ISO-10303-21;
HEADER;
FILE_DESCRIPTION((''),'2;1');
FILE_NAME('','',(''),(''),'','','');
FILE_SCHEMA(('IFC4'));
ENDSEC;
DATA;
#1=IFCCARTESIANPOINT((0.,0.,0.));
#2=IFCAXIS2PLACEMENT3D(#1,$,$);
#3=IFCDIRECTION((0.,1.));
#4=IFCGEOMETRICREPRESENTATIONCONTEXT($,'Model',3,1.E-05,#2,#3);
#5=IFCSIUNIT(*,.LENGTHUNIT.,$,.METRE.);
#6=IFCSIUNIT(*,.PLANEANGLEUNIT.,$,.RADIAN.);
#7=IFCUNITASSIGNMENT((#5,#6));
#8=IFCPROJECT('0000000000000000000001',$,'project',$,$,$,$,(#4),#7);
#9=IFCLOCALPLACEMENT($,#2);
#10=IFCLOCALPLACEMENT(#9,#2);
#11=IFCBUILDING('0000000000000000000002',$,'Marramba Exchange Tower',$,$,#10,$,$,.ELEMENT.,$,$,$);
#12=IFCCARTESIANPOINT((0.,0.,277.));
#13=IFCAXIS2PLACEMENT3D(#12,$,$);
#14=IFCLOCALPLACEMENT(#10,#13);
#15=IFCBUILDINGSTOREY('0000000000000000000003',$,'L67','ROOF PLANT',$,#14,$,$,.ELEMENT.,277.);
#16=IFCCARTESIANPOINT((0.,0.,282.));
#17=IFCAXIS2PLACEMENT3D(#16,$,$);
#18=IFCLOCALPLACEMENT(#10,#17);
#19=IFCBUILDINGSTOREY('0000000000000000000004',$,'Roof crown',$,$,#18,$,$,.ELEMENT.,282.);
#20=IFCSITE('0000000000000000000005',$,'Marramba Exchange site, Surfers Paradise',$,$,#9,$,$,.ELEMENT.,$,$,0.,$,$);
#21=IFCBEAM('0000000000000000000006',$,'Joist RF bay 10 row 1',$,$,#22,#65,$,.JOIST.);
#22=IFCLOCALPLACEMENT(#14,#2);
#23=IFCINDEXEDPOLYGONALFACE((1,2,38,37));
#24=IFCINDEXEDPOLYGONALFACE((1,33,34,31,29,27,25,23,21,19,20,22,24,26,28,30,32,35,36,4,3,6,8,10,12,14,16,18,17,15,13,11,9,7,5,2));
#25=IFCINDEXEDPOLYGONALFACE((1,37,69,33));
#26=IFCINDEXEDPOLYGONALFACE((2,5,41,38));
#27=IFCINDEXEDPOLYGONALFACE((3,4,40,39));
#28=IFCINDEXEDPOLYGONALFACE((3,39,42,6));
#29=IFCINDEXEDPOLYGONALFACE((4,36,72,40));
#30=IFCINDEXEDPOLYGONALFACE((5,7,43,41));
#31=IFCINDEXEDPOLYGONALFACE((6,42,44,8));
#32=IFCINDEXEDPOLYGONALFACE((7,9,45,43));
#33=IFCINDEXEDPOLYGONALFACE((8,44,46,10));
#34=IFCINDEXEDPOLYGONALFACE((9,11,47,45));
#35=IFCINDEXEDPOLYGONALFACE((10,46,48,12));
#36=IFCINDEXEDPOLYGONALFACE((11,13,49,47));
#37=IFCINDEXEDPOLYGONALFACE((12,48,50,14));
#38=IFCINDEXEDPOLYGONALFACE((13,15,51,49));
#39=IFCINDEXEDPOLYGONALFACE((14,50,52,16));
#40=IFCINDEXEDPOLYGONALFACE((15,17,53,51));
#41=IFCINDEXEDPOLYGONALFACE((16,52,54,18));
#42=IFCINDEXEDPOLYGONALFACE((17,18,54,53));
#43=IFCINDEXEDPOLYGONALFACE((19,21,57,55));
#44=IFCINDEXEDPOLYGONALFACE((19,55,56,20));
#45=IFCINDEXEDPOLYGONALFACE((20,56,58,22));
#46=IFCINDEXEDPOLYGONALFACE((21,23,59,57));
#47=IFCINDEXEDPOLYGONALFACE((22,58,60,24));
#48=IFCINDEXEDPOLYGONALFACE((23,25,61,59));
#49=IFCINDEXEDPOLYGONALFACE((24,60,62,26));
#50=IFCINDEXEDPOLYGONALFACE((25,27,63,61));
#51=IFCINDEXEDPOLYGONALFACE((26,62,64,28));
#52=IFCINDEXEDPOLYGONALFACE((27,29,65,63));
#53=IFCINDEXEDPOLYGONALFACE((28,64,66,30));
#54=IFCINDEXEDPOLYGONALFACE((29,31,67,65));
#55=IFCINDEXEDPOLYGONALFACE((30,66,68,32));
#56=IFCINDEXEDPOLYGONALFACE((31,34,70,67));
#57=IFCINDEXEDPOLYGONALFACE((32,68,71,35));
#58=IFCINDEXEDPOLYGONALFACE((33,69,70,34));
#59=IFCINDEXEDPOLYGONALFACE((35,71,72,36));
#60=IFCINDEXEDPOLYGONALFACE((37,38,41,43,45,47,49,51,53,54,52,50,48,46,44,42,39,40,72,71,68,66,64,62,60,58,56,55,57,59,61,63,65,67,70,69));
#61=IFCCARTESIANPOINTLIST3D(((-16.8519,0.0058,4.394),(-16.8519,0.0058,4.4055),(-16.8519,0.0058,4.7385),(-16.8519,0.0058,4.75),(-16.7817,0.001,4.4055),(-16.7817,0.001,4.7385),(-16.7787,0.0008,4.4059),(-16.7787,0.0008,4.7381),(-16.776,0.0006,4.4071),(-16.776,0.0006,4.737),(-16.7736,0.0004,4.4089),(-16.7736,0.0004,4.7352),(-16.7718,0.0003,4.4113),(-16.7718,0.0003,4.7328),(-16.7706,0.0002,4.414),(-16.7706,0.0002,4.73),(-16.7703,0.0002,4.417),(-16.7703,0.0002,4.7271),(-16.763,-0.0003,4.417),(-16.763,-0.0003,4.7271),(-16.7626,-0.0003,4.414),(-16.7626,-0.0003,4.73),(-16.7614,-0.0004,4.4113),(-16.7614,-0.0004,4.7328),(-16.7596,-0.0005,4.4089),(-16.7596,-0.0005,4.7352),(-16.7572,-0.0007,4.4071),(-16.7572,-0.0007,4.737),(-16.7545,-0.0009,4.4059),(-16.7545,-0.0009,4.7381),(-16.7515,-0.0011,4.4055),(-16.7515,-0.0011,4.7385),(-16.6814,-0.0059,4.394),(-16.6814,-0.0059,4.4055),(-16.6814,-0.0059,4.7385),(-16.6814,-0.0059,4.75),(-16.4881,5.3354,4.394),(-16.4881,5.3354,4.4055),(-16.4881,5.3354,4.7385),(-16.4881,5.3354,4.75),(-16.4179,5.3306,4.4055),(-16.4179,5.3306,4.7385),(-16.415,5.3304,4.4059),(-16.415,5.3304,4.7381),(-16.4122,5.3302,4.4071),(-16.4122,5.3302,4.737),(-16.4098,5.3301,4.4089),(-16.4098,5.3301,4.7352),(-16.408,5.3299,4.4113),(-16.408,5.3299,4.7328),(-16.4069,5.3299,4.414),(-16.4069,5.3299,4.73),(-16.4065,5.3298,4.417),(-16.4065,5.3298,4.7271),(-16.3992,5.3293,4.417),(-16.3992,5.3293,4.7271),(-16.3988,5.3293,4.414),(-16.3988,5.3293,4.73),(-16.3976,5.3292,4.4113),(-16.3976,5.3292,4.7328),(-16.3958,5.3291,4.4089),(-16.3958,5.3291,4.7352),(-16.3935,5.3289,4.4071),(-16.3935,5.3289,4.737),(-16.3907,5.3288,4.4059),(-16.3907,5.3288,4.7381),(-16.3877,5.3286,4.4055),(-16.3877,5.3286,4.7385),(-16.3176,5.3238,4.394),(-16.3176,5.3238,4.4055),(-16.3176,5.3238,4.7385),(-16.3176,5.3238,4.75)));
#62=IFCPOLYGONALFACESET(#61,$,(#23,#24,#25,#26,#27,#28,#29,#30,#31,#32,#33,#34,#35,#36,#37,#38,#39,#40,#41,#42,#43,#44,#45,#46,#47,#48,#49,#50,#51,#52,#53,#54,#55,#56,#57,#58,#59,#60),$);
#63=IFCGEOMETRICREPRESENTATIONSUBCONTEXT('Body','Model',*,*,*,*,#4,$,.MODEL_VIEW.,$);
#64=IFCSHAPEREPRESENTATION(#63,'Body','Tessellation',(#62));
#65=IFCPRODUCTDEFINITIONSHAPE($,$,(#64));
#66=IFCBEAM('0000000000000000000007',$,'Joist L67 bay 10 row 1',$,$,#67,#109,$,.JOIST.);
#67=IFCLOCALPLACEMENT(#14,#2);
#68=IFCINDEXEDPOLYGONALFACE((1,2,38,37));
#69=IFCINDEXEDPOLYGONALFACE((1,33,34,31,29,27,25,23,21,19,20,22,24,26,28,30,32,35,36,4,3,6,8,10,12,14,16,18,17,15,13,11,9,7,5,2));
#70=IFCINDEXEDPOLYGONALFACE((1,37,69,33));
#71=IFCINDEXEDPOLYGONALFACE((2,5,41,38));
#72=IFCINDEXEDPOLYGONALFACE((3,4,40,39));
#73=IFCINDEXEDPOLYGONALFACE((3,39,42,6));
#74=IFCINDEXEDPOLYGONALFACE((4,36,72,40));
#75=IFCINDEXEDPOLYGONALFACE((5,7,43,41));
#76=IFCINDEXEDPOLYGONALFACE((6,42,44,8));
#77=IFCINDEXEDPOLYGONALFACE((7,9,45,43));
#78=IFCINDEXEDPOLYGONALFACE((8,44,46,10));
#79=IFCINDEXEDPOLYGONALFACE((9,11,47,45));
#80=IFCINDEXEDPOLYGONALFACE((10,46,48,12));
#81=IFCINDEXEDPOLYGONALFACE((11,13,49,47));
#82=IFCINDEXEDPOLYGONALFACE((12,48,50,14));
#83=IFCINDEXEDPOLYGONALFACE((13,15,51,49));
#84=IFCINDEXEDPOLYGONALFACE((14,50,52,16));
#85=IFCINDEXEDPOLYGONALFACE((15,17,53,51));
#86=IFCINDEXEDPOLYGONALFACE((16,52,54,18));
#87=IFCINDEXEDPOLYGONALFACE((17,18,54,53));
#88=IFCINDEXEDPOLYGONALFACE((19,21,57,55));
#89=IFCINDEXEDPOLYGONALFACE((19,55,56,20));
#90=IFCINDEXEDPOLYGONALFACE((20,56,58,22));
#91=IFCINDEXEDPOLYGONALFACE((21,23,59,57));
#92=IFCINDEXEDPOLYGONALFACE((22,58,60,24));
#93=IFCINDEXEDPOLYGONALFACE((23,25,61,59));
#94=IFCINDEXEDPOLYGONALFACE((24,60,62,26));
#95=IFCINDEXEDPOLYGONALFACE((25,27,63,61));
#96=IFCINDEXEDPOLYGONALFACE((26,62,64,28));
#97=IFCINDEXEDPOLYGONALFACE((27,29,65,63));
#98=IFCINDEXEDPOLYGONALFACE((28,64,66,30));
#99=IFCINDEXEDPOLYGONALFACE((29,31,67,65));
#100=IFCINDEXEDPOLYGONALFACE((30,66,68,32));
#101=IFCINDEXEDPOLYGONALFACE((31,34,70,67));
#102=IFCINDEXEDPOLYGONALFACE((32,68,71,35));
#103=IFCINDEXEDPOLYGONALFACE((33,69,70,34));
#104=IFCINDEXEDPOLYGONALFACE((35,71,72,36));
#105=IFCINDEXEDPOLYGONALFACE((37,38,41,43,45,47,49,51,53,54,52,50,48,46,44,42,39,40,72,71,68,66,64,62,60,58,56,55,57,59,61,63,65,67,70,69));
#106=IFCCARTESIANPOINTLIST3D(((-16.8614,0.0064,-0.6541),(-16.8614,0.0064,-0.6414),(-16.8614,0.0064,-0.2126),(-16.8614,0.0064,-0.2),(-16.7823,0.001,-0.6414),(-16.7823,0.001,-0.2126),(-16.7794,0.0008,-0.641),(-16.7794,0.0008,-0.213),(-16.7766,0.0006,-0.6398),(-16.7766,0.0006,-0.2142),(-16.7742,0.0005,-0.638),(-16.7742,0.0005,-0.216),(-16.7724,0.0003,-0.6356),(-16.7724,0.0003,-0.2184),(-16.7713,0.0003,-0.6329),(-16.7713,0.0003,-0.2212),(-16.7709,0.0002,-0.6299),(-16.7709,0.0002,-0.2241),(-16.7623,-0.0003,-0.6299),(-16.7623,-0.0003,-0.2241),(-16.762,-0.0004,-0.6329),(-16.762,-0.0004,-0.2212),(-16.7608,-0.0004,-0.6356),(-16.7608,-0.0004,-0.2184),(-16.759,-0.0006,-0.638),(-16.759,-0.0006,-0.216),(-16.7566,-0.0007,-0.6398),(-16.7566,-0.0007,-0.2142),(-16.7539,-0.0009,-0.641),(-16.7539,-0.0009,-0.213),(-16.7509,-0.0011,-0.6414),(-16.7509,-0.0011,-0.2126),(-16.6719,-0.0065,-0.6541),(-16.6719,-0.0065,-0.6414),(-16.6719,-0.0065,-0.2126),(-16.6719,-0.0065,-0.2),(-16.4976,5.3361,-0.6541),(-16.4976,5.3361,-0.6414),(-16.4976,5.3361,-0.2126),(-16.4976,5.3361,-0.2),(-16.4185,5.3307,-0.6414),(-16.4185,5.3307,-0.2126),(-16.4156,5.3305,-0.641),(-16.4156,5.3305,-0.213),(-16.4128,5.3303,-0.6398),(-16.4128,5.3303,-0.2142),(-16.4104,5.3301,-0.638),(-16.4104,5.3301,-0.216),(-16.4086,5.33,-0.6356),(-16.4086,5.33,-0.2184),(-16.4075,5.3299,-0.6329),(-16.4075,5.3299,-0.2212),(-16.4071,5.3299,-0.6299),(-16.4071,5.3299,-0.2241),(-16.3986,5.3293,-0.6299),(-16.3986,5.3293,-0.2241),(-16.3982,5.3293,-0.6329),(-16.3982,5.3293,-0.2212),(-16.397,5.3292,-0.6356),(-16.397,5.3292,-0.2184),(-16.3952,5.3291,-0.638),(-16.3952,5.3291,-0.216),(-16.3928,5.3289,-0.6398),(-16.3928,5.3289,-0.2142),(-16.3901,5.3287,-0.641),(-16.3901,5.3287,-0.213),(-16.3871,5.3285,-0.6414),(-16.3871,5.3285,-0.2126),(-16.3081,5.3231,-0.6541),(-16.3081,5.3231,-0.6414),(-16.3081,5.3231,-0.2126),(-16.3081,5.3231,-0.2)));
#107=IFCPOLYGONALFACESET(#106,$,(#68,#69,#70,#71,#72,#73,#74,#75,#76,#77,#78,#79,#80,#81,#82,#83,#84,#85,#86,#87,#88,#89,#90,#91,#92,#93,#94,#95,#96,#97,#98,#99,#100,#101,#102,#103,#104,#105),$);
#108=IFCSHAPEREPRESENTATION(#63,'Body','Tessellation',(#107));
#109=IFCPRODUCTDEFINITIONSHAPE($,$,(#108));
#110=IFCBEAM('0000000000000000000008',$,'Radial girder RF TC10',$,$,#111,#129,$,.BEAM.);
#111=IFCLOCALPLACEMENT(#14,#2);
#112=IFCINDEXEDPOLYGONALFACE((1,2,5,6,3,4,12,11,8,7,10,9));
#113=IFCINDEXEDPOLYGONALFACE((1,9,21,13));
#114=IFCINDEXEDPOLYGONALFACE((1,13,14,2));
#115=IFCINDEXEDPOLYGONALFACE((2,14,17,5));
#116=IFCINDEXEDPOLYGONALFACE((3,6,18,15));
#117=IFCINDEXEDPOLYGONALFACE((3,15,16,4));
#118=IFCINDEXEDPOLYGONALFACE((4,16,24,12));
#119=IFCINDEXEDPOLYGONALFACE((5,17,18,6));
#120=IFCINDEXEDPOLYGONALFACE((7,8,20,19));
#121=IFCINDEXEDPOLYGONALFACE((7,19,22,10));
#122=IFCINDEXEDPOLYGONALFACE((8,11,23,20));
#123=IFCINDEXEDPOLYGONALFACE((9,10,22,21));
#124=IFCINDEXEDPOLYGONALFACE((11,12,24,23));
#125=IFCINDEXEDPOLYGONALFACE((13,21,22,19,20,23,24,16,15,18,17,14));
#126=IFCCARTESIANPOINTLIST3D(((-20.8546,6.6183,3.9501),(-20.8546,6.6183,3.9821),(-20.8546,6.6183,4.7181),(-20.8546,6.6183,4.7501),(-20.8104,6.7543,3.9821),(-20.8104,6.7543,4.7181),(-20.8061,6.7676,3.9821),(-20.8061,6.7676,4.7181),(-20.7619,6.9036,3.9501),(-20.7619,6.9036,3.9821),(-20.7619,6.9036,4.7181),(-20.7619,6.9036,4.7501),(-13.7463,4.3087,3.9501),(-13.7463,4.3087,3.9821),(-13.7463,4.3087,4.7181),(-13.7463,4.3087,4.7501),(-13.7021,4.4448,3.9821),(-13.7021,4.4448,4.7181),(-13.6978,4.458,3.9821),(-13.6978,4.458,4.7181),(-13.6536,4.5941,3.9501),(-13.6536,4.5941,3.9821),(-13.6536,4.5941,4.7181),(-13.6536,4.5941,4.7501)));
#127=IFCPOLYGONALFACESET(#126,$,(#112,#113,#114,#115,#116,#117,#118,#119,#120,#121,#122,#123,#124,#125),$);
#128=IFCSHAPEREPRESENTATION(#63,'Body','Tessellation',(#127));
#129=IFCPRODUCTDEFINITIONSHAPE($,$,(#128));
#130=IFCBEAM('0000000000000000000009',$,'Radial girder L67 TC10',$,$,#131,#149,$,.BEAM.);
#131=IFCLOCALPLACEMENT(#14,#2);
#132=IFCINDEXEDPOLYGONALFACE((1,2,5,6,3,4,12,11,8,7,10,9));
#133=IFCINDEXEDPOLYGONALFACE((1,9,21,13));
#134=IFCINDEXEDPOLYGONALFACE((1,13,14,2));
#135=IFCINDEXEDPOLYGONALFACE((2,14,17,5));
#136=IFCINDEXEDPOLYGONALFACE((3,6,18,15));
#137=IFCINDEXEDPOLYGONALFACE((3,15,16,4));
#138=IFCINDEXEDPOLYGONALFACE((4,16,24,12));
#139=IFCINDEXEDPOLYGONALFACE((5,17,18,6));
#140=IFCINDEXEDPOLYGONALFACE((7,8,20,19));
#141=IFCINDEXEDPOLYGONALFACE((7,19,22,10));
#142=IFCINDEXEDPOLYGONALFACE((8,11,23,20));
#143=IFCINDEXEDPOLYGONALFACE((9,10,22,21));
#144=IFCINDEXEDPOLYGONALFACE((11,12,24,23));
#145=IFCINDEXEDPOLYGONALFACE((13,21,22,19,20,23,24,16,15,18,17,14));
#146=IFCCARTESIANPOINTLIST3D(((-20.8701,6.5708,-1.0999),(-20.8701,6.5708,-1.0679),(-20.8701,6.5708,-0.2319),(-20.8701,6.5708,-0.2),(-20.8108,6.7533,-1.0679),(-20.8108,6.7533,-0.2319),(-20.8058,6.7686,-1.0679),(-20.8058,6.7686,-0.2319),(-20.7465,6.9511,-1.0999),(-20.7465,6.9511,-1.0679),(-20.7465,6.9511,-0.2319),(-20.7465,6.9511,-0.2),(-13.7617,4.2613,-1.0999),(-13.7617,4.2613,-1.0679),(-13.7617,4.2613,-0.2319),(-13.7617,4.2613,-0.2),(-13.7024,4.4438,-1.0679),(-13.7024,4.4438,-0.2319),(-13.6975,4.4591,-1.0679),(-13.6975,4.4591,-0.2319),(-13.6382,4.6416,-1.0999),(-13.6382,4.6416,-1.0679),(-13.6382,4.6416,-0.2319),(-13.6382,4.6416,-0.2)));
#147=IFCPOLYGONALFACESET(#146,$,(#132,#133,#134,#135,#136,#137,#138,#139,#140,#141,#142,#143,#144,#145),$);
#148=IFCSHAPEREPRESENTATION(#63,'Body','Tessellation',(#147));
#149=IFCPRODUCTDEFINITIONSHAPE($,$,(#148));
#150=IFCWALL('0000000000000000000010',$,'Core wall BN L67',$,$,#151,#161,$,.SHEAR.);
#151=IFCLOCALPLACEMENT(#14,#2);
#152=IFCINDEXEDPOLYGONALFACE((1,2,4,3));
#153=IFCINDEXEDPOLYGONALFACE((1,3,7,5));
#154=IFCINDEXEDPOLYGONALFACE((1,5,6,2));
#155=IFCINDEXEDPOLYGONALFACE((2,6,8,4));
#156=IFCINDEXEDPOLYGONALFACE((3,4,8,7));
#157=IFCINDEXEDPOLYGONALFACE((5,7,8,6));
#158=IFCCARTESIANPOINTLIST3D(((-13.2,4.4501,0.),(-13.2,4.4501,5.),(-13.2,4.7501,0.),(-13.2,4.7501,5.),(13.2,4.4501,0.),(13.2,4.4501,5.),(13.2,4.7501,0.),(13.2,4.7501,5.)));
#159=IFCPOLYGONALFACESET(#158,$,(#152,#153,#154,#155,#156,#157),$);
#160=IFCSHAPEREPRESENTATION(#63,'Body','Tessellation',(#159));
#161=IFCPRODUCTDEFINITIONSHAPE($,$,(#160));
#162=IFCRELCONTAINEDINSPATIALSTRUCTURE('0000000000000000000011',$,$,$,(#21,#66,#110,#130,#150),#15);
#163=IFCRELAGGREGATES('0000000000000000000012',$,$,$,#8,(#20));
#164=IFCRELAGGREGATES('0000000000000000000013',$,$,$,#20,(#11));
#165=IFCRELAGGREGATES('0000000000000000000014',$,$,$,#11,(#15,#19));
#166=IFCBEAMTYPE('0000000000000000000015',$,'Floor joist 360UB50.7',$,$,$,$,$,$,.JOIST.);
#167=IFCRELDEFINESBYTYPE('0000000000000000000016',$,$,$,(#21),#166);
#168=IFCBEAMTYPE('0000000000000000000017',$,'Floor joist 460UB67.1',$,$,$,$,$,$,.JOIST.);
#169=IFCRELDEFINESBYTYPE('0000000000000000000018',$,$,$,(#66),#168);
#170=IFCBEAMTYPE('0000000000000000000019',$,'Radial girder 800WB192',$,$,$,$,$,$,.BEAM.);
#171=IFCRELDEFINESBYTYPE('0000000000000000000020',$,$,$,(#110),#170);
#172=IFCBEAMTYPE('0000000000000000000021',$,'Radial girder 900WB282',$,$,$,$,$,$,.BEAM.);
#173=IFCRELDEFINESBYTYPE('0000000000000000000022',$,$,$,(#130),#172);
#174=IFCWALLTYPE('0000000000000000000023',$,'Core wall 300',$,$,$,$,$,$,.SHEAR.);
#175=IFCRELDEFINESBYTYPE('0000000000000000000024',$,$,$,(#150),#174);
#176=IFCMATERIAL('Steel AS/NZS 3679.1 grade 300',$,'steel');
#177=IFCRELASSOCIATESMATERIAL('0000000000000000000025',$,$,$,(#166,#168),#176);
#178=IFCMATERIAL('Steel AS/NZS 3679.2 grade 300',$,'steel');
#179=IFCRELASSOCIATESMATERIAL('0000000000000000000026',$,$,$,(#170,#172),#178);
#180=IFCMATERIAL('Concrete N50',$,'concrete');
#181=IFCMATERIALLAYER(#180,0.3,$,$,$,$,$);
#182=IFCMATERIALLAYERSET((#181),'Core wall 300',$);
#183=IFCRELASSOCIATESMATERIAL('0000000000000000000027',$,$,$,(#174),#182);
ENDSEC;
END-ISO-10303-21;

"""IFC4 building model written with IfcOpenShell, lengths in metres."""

from ifc_helpers import new_model, si_unit, direction, frame, frame_2d, origin, origin_2d, place, context, subcontext, project, spatial, rectangle, i_section, extrude, material, layer, layer_set, material_profile, profile_set, type_object, element, save


model = new_model("IFC4")

# Units and contexts
model_context = context("Model", 3, precision=1e-05, world=origin(), true_north=direction((0.0, 1.0)))
body_context = subcontext(model_context, "Body", "Model", "MODEL_VIEW")
ifc_project = project(units=[si_unit("LENGTHUNIT", "METRE"), si_unit("PLANEANGLEUNIT", "RADIAN")], contexts=[model_context])

# Site, building, storey
site_placement = place(None, origin())
site = spatial("IfcSite", under=ifc_project, at=site_placement, Name="Marramba Exchange site, Surfers Paradise", CompositionType="ELEMENT", RefElevation=0.0)
building_placement = place(site_placement, origin())
building = spatial("IfcBuilding", under=site, at=building_placement, Name="Marramba Exchange Tower", CompositionType="ELEMENT")
storey_1_placement = place(building_placement, frame((0.0, 0.0, 277.0)))
storey_1 = spatial("IfcBuildingStorey", under=building, at=storey_1_placement, Name="L67", Description="ROOF PLANT", CompositionType="ELEMENT", Elevation=277.0)

# Beams
ifc_material_1 = material(Name="Steel AS/NZS 3679.1 grade 300", Category="steel")
ifc_material_profile_1 = material_profile(ifc_material_1, i_section(OverallWidth=0.1709, OverallDepth=0.356, WebThickness=0.0073, FlangeThickness=0.0115, FilletRadius=0.0115, at=origin_2d()), Name="360UB50.7")
ifc_profile_set_1 = profile_set([ifc_material_profile_1], Name="Steel AS/NZS 3679.1 grade 300")
beam_type_1 = type_object("IfcBeamType", Name="Floor joist 360UB50.7", PredefinedType="JOIST", material=ifc_profile_set_1)
beam_1_placement = place(storey_1_placement, frame((-16.4028, 5.3296, 4.572), z_axis=(-0.068096, -0.997679, 0.0), x_axis=(0.997679, -0.068096, 0.0)))
element("IfcBeam", 1, at=beam_1_placement, inside=storey_1, type_object=beam_type_1, Name="Joist RF bay 10 row 1", PredefinedType="JOIST", context=body_context, shape_type="SweptSolid", body=[
    extrude(i_section(OverallWidth=0.1709, OverallDepth=0.356, WebThickness=0.0073, FlangeThickness=0.0115, FilletRadius=0.0115, at=origin_2d()), origin(), (0.0, 0.0, 1.0), 5.342),
])
ifc_material_profile_2 = material_profile(ifc_material_1, i_section(OverallWidth=0.1899, OverallDepth=0.4541, WebThickness=0.0085, FlangeThickness=0.0127, FilletRadius=0.0115, at=origin_2d()), Name="460UB67.1")
ifc_profile_set_2 = profile_set([ifc_material_profile_2], Name="Steel AS/NZS 3679.1 grade 300")
beam_type_2 = type_object("IfcBeamType", Name="Floor joist 460UB67.1", PredefinedType="JOIST", material=ifc_profile_set_2)
beam_2_placement = place(storey_1_placement, frame((-16.4028, 5.3296, -0.427), z_axis=(-0.068096, -0.997679, 0.0), x_axis=(0.997679, -0.068096, 0.0)))
element("IfcBeam", 2, at=beam_2_placement, inside=storey_1, type_object=beam_type_2, Name="Joist L67 bay 10 row 1", PredefinedType="JOIST", context=body_context, shape_type="SweptSolid", body=[
    extrude(i_section(OverallWidth=0.1899, OverallDepth=0.4541, WebThickness=0.0085, FlangeThickness=0.0127, FilletRadius=0.0115, at=origin_2d()), origin(), (0.0, 0.0, 1.0), 5.342),
])
ifc_material_2 = material(Name="Steel AS/NZS 3679.2 grade 300", Category="steel")
ifc_material_profile_3 = material_profile(ifc_material_2, i_section(OverallWidth=0.3, OverallDepth=0.8, WebThickness=0.0139, FlangeThickness=0.032, at=origin_2d()), Name="800WB192")
ifc_profile_set_3 = profile_set([ifc_material_profile_3], Name="Steel AS/NZS 3679.2 grade 300")
beam_type_3 = type_object("IfcBeamType", Name="Radial girder 800WB192", PredefinedType="BEAM", material=ifc_profile_set_3)
beam_3_placement = place(storey_1_placement, frame((-13.7, 4.4514, 4.3501), z_axis=(-0.95106, 0.309006, 0.0), x_axis=(-0.309006, -0.95106, 0.0)))
element("IfcBeam", 3, at=beam_3_placement, inside=storey_1, type_object=beam_type_3, Name="Radial girder RF TC10", PredefinedType="BEAM", context=body_context, shape_type="SweptSolid", body=[
    extrude(i_section(OverallWidth=0.3, OverallDepth=0.8, WebThickness=0.0139, FlangeThickness=0.032, at=origin_2d()), origin(), (0.0, 0.0, 1.0), 7.4741),
])
ifc_material_profile_4 = material_profile(ifc_material_2, i_section(OverallWidth=0.3999, OverallDepth=0.8999, WebThickness=0.0161, FlangeThickness=0.032, at=origin_2d()), Name="900WB282")
ifc_profile_set_4 = profile_set([ifc_material_profile_4], Name="Steel AS/NZS 3679.2 grade 300")
beam_type_4 = type_object("IfcBeamType", Name="Radial girder 900WB282", PredefinedType="BEAM", material=ifc_profile_set_4)
beam_4_placement = place(storey_1_placement, frame((-13.7, 4.4514, -0.6499), z_axis=(-0.95106, 0.309006, 0.0), x_axis=(-0.309006, -0.95106, 0.0)))
element("IfcBeam", 4, at=beam_4_placement, inside=storey_1, type_object=beam_type_4, Name="Radial girder L67 TC10", PredefinedType="BEAM", context=body_context, shape_type="SweptSolid", body=[
    extrude(i_section(OverallWidth=0.3999, OverallDepth=0.8999, WebThickness=0.0161, FlangeThickness=0.032, at=origin_2d()), origin(), (0.0, 0.0, 1.0), 7.4741),
])

# Shared definitions
ifc_material_3 = material(Name="Concrete N50", Category="concrete")
ifc_layer_1 = layer(ifc_material_3, 0.3)
ifc_layer_set_1 = layer_set([ifc_layer_1], Name="Core wall 300")
wall_type_1 = type_object("IfcWallType", Name="Core wall 300", PredefinedType="SHEAR", material=ifc_layer_set_1)

# Wall
wall_1_placement = place(storey_1_placement, frame((-13.2, 4.6001, 0.0), z_axis=(0.0, 0.0, 1.0), x_axis=(1.0, 0.0, 0.0)))
element("IfcWall", 5, at=wall_1_placement, inside=storey_1, type_object=wall_type_1, Name="Core wall BN L67", PredefinedType="SHEAR", context=body_context, shape_type="SweptSolid", body=[
    extrude(rectangle(XDim=26.3999, YDim=0.3, at=frame_2d((13.2, 0.0))), origin(), (0.0, 0.0, 1.0), 5.0),
])

# Shared definitions
storey_2_placement = place(building_placement, frame((0.0, 0.0, 282.0)))
storey_2 = spatial("IfcBuildingStorey", under=building, at=storey_2_placement, Name="Roof crown", CompositionType="ELEMENT", Elevation=282.0)

save(model, "model.ifc")
